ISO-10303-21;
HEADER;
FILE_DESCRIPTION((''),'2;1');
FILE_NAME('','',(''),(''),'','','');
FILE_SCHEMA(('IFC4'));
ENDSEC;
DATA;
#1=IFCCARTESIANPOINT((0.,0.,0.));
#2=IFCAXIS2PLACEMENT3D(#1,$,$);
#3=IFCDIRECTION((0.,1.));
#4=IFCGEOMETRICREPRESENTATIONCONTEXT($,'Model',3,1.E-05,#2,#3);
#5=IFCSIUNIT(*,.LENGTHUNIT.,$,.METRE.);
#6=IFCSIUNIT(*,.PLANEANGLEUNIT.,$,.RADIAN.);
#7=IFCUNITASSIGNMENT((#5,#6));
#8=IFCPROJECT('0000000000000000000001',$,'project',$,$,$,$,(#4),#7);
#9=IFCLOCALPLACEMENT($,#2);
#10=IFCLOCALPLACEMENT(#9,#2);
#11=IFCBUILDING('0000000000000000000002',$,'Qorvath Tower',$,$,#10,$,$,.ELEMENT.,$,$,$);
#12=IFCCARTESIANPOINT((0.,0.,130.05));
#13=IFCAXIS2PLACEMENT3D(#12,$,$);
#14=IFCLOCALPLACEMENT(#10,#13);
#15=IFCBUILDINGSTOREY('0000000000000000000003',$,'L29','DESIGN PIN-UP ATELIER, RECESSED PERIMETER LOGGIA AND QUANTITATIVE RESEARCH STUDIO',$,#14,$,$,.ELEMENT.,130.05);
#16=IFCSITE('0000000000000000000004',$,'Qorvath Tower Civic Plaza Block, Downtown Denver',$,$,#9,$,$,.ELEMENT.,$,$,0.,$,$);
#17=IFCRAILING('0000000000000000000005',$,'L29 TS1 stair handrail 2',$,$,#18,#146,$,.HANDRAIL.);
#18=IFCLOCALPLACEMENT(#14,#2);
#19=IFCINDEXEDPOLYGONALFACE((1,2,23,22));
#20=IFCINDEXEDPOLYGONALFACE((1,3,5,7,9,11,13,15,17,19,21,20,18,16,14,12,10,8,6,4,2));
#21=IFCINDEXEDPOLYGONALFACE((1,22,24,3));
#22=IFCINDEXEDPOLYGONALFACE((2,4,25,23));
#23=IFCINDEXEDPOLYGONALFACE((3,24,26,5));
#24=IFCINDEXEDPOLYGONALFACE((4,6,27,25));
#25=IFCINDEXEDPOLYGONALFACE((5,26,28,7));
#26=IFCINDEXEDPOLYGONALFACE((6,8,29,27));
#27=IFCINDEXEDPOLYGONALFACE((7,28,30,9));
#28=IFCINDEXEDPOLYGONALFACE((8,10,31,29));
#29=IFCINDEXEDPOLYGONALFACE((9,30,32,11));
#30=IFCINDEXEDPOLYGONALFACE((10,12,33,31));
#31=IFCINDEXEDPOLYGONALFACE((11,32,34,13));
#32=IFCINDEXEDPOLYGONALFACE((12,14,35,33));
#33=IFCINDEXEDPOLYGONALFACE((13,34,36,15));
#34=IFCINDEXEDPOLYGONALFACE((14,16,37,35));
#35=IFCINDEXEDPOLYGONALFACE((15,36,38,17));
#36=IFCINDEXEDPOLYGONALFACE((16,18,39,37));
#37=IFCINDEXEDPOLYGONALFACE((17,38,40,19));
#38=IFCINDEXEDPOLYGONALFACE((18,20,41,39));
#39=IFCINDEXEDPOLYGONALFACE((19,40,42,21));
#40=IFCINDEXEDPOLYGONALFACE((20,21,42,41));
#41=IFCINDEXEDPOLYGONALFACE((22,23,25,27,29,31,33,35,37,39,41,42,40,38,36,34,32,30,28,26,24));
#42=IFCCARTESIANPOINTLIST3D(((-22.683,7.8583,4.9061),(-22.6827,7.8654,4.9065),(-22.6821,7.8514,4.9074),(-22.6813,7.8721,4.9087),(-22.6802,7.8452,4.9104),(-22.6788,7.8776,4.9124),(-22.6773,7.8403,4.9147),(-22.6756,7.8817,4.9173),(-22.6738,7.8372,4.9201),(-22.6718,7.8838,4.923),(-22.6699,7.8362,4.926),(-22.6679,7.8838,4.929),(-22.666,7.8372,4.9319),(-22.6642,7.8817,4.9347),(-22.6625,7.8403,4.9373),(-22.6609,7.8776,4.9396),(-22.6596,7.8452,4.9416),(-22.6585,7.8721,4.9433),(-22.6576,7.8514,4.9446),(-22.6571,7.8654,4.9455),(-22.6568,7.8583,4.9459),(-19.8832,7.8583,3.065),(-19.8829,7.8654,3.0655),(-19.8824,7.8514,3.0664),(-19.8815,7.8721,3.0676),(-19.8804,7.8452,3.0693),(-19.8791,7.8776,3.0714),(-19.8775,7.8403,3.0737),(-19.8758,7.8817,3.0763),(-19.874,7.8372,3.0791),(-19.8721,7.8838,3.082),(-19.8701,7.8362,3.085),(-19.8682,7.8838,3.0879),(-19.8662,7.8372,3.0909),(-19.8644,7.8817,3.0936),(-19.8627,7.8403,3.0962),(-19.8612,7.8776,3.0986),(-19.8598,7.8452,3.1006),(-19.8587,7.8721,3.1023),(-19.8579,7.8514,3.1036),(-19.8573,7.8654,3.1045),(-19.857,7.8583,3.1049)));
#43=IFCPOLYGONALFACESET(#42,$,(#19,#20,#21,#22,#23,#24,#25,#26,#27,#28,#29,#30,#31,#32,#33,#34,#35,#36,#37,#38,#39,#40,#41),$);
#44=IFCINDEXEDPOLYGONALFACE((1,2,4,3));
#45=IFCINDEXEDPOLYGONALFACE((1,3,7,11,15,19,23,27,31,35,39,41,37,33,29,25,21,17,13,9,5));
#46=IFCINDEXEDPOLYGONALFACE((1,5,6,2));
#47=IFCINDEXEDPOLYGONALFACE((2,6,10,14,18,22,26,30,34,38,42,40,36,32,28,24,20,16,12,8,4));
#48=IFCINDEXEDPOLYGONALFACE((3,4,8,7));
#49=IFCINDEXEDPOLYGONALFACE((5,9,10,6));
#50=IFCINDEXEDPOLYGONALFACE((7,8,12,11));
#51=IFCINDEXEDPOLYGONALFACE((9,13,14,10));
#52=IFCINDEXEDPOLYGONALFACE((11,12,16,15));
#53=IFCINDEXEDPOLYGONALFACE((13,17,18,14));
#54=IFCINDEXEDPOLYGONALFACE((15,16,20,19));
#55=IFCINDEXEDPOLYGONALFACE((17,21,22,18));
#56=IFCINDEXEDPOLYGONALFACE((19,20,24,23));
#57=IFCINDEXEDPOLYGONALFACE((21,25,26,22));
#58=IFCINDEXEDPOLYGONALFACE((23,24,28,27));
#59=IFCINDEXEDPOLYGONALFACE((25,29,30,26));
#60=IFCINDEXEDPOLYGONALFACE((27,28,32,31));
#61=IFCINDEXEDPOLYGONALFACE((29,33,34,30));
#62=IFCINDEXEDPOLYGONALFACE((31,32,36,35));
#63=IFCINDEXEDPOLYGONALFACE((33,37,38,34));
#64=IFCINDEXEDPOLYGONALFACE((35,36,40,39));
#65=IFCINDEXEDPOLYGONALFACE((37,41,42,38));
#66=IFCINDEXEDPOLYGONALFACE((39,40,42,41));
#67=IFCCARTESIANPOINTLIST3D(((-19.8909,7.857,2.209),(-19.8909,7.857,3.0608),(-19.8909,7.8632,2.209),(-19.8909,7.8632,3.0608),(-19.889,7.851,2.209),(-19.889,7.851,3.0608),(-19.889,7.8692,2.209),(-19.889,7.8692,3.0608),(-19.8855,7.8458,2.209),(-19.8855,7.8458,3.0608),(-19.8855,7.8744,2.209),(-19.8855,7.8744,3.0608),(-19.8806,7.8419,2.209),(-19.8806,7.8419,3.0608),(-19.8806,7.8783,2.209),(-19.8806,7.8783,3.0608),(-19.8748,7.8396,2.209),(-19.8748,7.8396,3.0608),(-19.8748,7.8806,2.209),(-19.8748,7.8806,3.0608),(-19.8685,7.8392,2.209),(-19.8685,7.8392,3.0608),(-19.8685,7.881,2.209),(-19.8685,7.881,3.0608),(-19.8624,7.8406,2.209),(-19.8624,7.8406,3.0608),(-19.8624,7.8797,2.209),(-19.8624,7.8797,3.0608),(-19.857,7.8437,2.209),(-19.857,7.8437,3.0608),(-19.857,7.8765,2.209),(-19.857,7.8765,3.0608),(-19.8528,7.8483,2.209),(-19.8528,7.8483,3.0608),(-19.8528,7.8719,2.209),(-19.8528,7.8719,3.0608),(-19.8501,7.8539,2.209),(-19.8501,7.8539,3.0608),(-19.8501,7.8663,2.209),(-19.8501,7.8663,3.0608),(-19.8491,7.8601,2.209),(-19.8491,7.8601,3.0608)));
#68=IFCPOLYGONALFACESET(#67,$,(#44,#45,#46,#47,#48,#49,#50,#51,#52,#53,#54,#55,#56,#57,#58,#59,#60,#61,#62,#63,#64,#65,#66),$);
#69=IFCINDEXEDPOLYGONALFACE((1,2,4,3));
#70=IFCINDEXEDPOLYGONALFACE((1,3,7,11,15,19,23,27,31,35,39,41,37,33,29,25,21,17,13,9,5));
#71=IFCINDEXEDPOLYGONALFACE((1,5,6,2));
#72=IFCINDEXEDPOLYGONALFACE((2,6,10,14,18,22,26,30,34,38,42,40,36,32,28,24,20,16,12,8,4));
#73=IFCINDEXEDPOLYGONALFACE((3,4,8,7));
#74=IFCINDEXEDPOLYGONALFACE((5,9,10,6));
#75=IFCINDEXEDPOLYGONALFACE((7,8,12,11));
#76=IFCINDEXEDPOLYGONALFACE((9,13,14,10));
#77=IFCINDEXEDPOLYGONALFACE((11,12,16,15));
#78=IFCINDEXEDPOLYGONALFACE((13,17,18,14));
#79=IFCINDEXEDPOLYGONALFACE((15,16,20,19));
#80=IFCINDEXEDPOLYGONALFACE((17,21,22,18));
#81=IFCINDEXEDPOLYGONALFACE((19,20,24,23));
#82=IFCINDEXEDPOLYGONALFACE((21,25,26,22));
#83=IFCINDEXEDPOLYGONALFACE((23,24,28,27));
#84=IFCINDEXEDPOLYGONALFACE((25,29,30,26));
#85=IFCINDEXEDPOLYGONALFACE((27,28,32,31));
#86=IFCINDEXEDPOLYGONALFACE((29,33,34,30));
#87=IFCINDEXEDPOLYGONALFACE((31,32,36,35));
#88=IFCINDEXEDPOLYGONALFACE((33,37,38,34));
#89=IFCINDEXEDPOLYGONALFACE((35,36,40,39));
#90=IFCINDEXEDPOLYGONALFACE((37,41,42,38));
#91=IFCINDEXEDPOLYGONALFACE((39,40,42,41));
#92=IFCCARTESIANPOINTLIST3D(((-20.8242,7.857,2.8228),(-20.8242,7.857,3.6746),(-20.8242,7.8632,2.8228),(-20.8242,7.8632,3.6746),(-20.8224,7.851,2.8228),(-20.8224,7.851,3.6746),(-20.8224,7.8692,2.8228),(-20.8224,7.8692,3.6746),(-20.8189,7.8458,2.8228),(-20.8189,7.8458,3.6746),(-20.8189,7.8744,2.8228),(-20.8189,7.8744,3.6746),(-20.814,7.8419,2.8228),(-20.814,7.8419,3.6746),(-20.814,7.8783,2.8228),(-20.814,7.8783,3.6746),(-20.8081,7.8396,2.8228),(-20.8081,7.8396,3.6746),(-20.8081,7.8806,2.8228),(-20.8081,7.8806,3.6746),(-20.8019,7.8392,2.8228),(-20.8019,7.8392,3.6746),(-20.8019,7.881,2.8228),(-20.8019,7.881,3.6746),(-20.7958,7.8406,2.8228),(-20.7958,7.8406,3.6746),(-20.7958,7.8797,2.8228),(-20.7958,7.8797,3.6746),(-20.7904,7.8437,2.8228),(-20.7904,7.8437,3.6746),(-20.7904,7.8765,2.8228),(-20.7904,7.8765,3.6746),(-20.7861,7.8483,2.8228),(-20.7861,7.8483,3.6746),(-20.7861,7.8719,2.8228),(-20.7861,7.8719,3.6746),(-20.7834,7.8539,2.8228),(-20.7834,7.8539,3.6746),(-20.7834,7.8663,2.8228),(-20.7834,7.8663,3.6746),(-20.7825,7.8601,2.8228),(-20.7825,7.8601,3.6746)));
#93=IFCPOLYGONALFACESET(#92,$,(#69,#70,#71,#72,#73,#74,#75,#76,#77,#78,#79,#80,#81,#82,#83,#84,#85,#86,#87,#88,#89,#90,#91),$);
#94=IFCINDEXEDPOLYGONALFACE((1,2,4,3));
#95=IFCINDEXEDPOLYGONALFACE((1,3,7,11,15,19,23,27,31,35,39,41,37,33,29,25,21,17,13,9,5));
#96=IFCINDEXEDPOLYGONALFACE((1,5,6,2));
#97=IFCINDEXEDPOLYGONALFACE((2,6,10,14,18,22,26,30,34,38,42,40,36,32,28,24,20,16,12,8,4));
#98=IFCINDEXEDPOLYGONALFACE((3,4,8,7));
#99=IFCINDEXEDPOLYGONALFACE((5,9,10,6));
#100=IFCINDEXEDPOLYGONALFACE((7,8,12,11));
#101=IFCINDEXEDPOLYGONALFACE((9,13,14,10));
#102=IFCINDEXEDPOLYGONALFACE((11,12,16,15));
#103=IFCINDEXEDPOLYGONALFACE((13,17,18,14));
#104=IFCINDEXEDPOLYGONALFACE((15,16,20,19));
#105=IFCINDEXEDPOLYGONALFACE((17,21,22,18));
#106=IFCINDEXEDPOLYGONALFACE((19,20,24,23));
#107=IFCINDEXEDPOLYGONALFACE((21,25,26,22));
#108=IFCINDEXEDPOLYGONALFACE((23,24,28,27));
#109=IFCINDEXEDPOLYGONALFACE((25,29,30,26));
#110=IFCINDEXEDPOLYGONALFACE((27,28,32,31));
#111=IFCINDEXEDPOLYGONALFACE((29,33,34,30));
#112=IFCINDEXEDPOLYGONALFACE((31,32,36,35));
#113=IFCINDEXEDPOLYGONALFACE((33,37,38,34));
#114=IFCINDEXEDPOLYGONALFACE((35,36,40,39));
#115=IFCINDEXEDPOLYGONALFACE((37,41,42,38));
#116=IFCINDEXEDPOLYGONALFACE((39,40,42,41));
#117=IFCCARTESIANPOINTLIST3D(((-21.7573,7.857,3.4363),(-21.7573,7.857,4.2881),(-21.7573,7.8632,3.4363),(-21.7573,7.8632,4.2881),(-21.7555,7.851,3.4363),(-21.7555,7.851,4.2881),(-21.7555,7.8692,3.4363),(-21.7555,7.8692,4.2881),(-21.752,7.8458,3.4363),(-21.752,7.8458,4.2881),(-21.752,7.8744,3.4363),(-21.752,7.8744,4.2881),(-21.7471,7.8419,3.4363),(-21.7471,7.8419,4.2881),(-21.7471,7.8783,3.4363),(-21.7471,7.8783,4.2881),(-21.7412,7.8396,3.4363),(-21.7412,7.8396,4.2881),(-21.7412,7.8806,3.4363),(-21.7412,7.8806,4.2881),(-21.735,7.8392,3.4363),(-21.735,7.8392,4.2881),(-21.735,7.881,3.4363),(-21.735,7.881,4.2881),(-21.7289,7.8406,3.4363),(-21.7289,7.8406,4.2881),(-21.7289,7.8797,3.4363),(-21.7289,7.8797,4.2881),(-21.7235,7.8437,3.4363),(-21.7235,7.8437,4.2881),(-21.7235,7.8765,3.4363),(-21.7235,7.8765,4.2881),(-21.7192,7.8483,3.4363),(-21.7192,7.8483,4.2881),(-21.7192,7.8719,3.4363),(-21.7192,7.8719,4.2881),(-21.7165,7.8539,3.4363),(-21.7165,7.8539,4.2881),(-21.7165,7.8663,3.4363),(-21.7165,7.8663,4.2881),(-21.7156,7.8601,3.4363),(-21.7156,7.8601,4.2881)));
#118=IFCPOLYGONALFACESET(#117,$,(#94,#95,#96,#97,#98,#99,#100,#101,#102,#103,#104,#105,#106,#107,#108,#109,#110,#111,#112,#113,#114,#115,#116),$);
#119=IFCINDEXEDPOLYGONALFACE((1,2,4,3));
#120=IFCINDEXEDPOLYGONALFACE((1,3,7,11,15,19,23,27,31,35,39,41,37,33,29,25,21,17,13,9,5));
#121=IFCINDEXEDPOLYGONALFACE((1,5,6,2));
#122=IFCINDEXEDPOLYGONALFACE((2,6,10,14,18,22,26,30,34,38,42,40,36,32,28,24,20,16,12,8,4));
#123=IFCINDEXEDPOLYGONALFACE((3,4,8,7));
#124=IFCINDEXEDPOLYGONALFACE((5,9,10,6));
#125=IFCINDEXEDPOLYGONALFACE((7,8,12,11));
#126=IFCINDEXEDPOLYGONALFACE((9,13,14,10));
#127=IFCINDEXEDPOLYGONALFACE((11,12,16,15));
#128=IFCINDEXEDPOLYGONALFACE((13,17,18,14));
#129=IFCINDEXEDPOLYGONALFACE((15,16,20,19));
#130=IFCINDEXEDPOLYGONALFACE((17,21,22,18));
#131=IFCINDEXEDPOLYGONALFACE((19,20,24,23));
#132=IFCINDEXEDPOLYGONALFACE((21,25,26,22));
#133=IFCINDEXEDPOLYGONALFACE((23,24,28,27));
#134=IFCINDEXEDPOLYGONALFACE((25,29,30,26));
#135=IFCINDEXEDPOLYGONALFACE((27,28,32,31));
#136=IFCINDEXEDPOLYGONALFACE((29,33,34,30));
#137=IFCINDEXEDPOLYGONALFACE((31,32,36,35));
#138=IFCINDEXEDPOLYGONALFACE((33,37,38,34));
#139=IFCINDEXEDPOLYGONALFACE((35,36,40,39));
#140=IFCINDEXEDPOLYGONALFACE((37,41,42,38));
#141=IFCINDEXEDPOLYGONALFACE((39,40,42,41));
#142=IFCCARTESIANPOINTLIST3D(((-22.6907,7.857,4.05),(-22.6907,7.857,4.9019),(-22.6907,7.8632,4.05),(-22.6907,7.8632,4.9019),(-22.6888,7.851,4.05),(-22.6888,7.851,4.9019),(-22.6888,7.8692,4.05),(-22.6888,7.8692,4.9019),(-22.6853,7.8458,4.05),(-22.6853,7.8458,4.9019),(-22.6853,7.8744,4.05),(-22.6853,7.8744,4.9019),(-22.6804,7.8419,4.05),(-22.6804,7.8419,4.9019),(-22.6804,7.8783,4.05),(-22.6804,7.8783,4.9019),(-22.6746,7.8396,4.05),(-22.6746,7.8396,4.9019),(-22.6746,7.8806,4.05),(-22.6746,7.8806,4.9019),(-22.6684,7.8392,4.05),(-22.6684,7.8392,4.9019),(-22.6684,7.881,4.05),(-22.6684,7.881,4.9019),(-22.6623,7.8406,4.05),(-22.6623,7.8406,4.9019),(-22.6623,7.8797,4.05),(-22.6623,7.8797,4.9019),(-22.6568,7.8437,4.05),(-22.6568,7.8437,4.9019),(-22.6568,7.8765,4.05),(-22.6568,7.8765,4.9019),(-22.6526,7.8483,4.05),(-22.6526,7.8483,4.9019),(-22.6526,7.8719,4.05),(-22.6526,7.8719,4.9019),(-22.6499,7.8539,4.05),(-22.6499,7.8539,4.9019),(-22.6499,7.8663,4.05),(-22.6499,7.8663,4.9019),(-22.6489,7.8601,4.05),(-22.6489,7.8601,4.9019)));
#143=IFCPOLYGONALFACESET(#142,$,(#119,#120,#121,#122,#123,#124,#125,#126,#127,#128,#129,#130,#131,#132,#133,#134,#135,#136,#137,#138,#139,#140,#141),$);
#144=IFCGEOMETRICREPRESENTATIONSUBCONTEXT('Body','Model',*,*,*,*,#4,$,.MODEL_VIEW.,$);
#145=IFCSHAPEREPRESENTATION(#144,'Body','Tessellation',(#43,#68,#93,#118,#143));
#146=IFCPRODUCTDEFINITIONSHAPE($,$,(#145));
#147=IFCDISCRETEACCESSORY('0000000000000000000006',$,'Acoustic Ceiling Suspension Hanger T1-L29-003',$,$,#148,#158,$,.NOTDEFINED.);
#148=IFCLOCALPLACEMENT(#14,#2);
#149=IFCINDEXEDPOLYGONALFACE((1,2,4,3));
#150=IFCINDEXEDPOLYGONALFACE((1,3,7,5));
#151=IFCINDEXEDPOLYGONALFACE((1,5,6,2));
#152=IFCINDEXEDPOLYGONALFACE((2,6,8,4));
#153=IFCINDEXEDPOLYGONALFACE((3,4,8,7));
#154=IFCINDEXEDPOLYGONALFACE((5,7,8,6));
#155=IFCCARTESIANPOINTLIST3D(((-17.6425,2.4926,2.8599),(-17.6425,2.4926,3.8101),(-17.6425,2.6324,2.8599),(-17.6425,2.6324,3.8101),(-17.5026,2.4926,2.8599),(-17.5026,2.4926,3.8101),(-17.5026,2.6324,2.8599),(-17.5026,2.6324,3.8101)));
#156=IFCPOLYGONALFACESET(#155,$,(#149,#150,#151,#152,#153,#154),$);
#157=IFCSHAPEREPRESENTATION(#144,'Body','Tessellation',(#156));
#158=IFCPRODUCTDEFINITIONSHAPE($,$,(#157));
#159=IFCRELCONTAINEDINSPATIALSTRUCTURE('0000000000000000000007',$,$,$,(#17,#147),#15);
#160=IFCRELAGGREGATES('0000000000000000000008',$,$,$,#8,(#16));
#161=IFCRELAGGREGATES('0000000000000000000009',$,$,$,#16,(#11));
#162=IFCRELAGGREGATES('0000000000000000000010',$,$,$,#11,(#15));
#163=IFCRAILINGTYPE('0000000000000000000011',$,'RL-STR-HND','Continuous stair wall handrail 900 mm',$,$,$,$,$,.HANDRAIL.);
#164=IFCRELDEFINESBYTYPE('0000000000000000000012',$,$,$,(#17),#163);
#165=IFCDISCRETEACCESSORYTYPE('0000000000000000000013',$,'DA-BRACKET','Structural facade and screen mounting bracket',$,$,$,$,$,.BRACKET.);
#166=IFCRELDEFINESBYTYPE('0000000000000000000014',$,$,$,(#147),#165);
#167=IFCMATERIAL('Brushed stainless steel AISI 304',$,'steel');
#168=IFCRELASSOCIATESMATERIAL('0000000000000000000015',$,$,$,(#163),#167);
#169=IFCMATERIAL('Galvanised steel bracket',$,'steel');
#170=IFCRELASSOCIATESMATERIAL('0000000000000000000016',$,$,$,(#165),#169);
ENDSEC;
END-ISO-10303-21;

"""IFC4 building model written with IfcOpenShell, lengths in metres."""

from ifc_helpers import new_model, si_unit, direction, frame, origin, origin_2d, place, context, subcontext, project, spatial, rectangle, circle, extrude, material, type_object, element, save


model = new_model("IFC4")

# Units and contexts
model_context = context("Model", 3, precision=1e-05, world=origin(), true_north=direction((0.0, 1.0)))
body_context = subcontext(model_context, "Body", "Model", "MODEL_VIEW")
ifc_project = project(units=[si_unit("LENGTHUNIT", "METRE"), si_unit("PLANEANGLEUNIT", "RADIAN")], contexts=[model_context])

# Site, building, storey
site_placement = place(None, origin())
site = spatial("IfcSite", under=ifc_project, at=site_placement, Name="Qorvath Tower Civic Plaza Block, Downtown Denver", CompositionType="ELEMENT", RefElevation=0.0)
building_placement = place(site_placement, origin())
building = spatial("IfcBuilding", under=site, at=building_placement, Name="Qorvath Tower", CompositionType="ELEMENT")
storey_placement = place(building_placement, frame((0.0, 0.0, 130.05)))
storey = spatial("IfcBuildingStorey", under=building, at=storey_placement, Name="L29", Description="DESIGN PIN-UP ATELIER, RECESSED PERIMETER LOGGIA AND QUANTITATIVE RESEARCH STUDIO", CompositionType="ELEMENT", Elevation=130.05)

# Railing
ifc_material_1 = material(Name="Brushed stainless steel AISI 304", Category="steel")
railing_type_1 = type_object("IfcRailingType", Name="RL-STR-HND", Description="Continuous stair wall handrail 900 mm", PredefinedType="HANDRAIL", material=ifc_material_1)
railing_1_placement = place(storey_placement, frame((-19.8701, 7.8601, 2.209)))
element("IfcRailing", 1, at=railing_1_placement, inside=storey, type_object=railing_type_1, Name="L29 TS1 stair handrail 2", PredefinedType="HANDRAIL", context=body_context, shape_type="SweptSolid", body=[
    extrude(circle(Radius=0.0239, at=origin_2d()), frame((0.0, 0.0, 0.876), z_axis=(-0.835542, 0.0, 0.549426), x_axis=(0.0, -1.0, 0.0)), (0.0, 0.0, 1.0), 3.3508),
    extrude(circle(Radius=0.021, at=origin_2d()), origin(), (0.0, 0.0, 1.0), 0.8518),
    extrude(circle(Radius=0.021, at=origin_2d()), frame((-0.9333, 0.0, 0.6138)), (0.0, 0.0, 1.0), 0.8518),
    extrude(circle(Radius=0.021, at=origin_2d()), frame((-1.8665, 0.0, 1.2273)), (0.0, 0.0, 1.0), 0.8518),
    extrude(circle(Radius=0.021, at=origin_2d()), frame((-2.7998, 0.0, 1.8411)), (0.0, 0.0, 1.0), 0.8518),
])

# Discrete accessory
ifc_material_2 = material(Name="Galvanised steel bracket", Category="steel")
discrete_accessory_type = type_object("IfcDiscreteAccessoryType", Name="DA-BRACKET", Description="Structural facade and screen mounting bracket", PredefinedType="BRACKET", material=ifc_material_2)
discrete_accessory_placement = place(storey_placement, frame((-17.5725, 2.5625, 2.8599), z_axis=(0.0, 0.0, 1.0), x_axis=(1.0, 0.0, 0.0)))
element("IfcDiscreteAccessory", 2, at=discrete_accessory_placement, inside=storey, type_object=discrete_accessory_type, Name="Acoustic Ceiling Suspension Hanger T1-L29-003", PredefinedType="NOTDEFINED", context=body_context, shape_type="SweptSolid", body=[
    extrude(rectangle(XDim=0.1399, YDim=0.1399, at=origin_2d()), origin(), (0.0, 0.0, 1.0), 0.9502),
])

save(model, "model.ifc")
